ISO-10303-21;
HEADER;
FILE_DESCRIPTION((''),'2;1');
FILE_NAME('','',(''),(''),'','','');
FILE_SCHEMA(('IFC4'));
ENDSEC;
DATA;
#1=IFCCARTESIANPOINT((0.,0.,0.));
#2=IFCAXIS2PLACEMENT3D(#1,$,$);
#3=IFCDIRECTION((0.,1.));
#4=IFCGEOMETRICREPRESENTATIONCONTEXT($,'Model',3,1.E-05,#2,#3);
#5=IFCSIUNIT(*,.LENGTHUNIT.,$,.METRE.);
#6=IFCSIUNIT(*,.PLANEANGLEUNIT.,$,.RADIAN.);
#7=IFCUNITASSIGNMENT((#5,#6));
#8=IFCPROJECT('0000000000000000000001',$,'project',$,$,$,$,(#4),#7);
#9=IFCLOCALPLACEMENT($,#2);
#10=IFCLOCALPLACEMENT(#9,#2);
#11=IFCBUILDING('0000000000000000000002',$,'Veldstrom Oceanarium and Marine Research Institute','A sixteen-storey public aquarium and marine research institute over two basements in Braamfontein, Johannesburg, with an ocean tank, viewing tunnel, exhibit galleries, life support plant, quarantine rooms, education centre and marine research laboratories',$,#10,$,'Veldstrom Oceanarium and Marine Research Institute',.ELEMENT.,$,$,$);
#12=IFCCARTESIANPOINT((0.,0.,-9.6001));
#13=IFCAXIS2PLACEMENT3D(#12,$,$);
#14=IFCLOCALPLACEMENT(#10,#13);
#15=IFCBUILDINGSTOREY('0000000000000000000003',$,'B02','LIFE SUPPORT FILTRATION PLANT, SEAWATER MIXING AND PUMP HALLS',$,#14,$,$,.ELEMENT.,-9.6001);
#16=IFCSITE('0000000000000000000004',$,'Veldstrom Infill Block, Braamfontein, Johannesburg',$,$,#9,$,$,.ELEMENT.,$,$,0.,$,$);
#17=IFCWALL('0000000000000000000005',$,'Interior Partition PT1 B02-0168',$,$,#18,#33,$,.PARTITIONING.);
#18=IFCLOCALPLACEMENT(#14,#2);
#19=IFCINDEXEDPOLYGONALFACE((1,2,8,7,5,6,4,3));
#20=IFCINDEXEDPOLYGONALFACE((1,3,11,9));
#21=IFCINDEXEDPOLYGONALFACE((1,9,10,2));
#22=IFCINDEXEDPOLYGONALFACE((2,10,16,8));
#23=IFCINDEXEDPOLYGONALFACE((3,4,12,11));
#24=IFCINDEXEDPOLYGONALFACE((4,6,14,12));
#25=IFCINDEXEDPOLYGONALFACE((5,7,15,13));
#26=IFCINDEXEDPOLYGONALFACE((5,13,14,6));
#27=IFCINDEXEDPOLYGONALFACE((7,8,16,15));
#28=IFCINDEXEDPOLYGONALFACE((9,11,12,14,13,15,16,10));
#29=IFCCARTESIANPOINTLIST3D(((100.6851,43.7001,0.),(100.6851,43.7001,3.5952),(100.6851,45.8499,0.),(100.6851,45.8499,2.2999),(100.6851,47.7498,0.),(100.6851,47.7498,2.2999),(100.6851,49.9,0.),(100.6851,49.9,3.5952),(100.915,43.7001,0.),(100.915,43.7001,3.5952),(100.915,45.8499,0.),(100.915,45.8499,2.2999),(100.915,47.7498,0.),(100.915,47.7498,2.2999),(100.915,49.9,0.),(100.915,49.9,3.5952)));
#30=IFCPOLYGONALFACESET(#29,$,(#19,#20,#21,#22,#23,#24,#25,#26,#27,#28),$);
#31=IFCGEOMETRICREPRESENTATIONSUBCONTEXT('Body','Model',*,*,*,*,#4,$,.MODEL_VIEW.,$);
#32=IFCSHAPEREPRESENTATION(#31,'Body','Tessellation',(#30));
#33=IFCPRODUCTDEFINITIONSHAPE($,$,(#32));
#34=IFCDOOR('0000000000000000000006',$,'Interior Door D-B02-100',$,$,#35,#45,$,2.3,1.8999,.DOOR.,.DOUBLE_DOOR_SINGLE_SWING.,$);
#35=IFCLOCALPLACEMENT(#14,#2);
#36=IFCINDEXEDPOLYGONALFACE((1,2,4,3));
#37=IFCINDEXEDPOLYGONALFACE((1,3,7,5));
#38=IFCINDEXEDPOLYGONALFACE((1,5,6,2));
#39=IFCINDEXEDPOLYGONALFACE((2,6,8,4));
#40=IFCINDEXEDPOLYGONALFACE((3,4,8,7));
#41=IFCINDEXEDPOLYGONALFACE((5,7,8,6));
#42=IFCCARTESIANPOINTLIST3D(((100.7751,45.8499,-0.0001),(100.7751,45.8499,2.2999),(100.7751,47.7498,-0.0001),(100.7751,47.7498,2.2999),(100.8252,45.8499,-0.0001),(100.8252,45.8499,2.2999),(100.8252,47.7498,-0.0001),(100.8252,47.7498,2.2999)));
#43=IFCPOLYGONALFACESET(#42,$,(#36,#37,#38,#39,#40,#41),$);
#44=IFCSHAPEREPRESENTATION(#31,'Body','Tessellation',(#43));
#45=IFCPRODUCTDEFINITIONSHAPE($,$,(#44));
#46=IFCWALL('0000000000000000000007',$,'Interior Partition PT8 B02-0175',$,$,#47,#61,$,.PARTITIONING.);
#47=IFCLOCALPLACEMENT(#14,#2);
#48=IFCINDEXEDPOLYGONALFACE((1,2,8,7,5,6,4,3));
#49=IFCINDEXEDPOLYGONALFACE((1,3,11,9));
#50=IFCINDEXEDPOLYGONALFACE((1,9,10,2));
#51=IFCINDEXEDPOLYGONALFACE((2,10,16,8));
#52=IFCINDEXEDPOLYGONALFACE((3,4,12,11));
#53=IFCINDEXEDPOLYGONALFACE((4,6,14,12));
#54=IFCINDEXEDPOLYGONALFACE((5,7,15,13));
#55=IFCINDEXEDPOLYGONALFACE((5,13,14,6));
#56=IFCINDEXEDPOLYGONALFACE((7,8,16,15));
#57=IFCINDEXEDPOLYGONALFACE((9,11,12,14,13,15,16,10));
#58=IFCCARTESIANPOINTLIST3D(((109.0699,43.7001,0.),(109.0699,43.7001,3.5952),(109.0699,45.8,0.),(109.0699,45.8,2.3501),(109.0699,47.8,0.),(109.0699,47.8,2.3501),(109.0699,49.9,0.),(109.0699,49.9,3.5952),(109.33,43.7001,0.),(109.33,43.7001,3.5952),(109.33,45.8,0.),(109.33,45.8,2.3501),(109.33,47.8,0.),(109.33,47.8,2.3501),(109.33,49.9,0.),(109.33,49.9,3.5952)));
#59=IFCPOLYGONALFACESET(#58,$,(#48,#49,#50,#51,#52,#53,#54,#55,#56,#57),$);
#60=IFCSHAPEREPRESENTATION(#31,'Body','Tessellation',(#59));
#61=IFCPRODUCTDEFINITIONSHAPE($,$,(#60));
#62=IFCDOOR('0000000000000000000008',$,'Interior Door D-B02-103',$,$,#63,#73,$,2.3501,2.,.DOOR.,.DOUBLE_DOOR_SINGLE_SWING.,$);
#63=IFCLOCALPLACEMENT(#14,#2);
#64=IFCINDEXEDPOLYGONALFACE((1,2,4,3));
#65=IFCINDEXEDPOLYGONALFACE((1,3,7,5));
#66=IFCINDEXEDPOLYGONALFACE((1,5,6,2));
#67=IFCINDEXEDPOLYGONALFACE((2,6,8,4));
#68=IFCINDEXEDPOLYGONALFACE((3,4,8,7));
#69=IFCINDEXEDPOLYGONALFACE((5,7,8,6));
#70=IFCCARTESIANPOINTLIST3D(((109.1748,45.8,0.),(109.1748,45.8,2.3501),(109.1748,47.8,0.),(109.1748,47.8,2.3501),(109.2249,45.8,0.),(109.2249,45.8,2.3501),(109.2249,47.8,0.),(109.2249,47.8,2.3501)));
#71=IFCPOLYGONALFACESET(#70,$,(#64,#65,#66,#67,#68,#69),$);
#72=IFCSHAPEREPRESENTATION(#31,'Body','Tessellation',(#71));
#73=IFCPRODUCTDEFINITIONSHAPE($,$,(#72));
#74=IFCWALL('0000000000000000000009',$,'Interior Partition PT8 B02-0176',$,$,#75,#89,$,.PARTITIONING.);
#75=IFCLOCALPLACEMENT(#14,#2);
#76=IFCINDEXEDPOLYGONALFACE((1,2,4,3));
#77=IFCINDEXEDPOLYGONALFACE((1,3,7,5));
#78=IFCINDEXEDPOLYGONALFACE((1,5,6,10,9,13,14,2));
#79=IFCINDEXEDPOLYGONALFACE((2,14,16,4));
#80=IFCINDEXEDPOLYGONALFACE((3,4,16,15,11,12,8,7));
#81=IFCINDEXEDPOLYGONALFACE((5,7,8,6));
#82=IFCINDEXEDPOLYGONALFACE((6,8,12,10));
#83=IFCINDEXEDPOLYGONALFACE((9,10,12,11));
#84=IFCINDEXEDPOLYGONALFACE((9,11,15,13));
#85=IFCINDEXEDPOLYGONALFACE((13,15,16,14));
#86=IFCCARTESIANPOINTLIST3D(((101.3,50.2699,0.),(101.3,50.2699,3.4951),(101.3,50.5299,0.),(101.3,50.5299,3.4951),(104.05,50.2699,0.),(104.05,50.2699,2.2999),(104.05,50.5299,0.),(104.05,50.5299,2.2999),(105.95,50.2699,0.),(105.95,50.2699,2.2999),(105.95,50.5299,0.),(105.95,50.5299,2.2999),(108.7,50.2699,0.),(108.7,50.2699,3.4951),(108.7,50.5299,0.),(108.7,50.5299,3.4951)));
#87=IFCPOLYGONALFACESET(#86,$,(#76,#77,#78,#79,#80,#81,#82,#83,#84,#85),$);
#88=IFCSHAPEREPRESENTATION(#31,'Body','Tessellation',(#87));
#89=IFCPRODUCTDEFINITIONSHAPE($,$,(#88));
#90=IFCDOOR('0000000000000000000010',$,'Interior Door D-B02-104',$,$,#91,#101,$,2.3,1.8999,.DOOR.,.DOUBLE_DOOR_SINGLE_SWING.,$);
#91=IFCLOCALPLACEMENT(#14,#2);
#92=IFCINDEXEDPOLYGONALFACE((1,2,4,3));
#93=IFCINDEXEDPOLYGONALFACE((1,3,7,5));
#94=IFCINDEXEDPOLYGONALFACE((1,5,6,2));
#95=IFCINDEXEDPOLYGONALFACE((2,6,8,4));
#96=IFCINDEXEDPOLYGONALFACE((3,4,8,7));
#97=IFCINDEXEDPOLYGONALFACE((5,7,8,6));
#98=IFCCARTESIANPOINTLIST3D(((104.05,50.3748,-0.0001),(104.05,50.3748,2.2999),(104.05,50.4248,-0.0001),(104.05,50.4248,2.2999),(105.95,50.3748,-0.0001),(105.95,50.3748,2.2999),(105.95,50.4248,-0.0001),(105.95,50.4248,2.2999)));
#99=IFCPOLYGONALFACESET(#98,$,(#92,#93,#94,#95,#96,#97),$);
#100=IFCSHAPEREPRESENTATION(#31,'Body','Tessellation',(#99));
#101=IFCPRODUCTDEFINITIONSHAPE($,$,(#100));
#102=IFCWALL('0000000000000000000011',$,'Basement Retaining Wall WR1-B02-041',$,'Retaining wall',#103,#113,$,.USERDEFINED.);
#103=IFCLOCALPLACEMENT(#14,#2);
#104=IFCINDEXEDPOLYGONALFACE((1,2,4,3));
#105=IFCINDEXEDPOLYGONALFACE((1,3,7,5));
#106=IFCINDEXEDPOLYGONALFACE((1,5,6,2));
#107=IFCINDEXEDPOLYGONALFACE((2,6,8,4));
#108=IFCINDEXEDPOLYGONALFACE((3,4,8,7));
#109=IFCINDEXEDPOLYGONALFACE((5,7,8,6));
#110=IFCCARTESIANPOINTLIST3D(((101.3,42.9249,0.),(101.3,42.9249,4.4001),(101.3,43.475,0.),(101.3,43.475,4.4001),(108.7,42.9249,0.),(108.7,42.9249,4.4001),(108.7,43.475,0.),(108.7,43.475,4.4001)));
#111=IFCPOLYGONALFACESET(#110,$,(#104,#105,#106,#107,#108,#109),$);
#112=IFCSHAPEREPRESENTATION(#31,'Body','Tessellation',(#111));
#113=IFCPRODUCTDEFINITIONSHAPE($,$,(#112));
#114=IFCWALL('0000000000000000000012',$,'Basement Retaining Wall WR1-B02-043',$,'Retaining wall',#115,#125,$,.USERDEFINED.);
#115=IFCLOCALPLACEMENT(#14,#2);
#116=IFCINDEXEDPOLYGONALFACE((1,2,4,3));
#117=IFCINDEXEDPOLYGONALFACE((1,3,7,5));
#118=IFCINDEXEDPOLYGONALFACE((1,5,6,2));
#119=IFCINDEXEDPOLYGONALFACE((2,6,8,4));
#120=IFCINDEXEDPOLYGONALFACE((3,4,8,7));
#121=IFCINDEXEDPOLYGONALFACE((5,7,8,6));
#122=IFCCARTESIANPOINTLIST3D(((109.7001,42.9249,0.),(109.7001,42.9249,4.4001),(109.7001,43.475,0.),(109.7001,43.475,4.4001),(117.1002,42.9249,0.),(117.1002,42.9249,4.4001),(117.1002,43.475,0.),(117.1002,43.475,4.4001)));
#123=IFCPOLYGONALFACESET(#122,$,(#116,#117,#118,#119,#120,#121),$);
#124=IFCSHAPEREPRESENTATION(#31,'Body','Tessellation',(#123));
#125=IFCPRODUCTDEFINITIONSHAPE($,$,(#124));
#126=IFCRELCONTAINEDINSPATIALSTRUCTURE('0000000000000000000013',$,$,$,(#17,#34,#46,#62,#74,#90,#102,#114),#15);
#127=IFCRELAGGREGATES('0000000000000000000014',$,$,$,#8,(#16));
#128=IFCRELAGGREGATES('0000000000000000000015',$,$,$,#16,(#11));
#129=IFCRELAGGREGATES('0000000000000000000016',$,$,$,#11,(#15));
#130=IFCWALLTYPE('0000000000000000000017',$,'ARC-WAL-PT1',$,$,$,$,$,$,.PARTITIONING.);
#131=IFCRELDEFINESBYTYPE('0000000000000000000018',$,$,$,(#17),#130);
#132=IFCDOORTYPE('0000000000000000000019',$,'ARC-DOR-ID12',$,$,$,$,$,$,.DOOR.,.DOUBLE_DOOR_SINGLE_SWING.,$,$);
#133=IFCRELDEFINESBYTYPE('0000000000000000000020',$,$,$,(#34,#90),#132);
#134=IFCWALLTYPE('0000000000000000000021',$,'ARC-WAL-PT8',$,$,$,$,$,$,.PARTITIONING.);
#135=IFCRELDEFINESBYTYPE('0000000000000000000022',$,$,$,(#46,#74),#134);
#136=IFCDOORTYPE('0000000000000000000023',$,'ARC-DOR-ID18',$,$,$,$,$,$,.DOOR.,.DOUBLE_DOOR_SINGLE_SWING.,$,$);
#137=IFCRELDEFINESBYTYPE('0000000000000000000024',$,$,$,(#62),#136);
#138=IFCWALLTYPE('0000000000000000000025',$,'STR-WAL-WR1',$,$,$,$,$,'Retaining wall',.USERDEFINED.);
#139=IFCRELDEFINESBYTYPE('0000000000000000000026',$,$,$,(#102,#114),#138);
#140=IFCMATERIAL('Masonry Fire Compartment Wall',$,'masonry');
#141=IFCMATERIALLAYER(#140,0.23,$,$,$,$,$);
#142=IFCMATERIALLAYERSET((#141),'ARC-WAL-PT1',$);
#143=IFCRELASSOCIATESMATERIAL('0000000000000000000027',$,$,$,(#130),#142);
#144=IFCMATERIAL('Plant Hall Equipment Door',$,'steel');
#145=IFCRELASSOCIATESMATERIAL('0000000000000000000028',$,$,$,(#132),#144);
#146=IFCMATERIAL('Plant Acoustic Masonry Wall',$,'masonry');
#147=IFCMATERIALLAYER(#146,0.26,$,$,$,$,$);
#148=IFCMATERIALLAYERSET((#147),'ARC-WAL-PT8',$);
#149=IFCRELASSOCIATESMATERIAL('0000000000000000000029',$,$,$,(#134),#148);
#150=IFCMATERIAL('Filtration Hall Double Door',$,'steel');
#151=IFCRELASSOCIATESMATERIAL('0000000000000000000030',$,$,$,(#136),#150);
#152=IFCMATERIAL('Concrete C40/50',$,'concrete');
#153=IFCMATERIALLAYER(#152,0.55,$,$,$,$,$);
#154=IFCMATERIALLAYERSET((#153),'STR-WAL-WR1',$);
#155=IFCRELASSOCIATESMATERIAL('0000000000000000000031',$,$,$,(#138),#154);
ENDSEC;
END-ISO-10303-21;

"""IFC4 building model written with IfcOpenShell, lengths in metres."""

from ifc_helpers import new_model, si_unit, direction, frame, frame_2d, origin, place, context, subcontext, project, spatial, rectangle, extrude, material, layer, layer_set, type_object, element, fill, save


model = new_model("IFC4")

# Units and contexts
model_context = context("Model", 3, precision=1e-05, world=origin(), true_north=direction((0.0, 1.0)))
body_context = subcontext(model_context, "Body", "Model", "MODEL_VIEW")
ifc_project = project(units=[si_unit("LENGTHUNIT", "METRE"), si_unit("PLANEANGLEUNIT", "RADIAN")], contexts=[model_context])

# Site, building, storey
site_placement = place(None, origin())
site = spatial("IfcSite", under=ifc_project, at=site_placement, Name="Veldstrom Infill Block, Braamfontein, Johannesburg", CompositionType="ELEMENT", RefElevation=0.0)
building_placement = place(site_placement, origin())
building = spatial("IfcBuilding", under=site, at=building_placement, Name="Veldstrom Oceanarium and Marine Research Institute", Description="A sixteen-storey public aquarium and marine research institute over two basements in Braamfontein, Johannesburg, with an ocean tank, viewing tunnel, exhibit galleries, life support plant, quarantine rooms, education centre and marine research laboratories", LongName="Veldstrom Oceanarium and Marine Research Institute", CompositionType="ELEMENT")
storey_placement = place(building_placement, frame((0.0, 0.0, -9.6001)))
storey = spatial("IfcBuildingStorey", under=building, at=storey_placement, Name="B02", Description="LIFE SUPPORT FILTRATION PLANT, SEAWATER MIXING AND PUMP HALLS", CompositionType="ELEMENT", Elevation=-9.6001)

# Walls, openings, doors
ifc_material_1 = material(Name="Masonry Fire Compartment Wall", Category="masonry")
ifc_layer_1 = layer(ifc_material_1, 0.23)
ifc_layer_set_1 = layer_set([ifc_layer_1], Name="ARC-WAL-PT1")
wall_type_1 = type_object("IfcWallType", Name="ARC-WAL-PT1", PredefinedType="PARTITIONING", material=ifc_layer_set_1)
wall_1_placement = place(storey_placement, frame((100.8, 43.7, 0.0), z_axis=(0.0, 0.0, 1.0), x_axis=(0.0, 1.0, 0.0)))
wall_1 = element("IfcWall", 1, at=wall_1_placement, inside=storey, type_object=wall_type_1, Name="Interior Partition PT1 B02-0168", PredefinedType="PARTITIONING", context=body_context, shape_type="SweptSolid", body=[
    extrude(rectangle(XDim=6.2, YDim=0.23, at=frame_2d((3.1001, 0.0))), origin(), (0.0, 0.0, 1.0), 3.5952),
])
opening_1_placement = place(wall_1_placement, frame((2.1499, 0.0, 0.0)))
opening_1 = element("IfcOpeningElement", 2, at=opening_1_placement, cuts=wall_1, PredefinedType="OPENING", context=body_context, shape_type="SweptSolid", body=[
    extrude(rectangle(XDim=1.8999, YDim=2.3, at=frame_2d((0.95, 1.1499))), frame((0.0, 0.125, 0.0), z_axis=(0.0, -1.0, 0.0), x_axis=(1.0, 0.0, 0.0)), (0.0, 0.0, 1.0), 0.25),
])
ifc_material_2 = material(Name="Plant Hall Equipment Door", Category="steel")
door_type_1 = type_object("IfcDoorType", Name="ARC-DOR-ID12", OperationType="DOUBLE_DOOR_SINGLE_SWING", PredefinedType="DOOR", material=ifc_material_2)
door_1_placement = place(opening_1_placement, origin())
door_1 = element("IfcDoor", 3, at=door_1_placement, inside=storey, type_object=door_type_1, Name="Interior Door D-B02-100", OperationType="DOUBLE_DOOR_SINGLE_SWING", OverallHeight=2.3, OverallWidth=1.8999, PredefinedType="DOOR", context=body_context, shape_type="SweptSolid", body=[
    extrude(rectangle(XDim=1.8999, YDim=2.3, at=frame_2d((0.95, 1.1499))), frame((0.0, 0.0249, 0.0), z_axis=(0.0, -1.0, 0.0), x_axis=(1.0, 0.0, 0.0)), (0.0, 0.0, 1.0), 0.05),
])
fill(opening_1, door_1)
ifc_material_3 = material(Name="Plant Acoustic Masonry Wall", Category="masonry")
ifc_layer_2 = layer(ifc_material_3, 0.26)
ifc_layer_set_2 = layer_set([ifc_layer_2], Name="ARC-WAL-PT8")
wall_type_2 = type_object("IfcWallType", Name="ARC-WAL-PT8", PredefinedType="PARTITIONING", material=ifc_layer_set_2)
wall_2_placement = place(storey_placement, frame((109.2, 43.7, 0.0), z_axis=(0.0, 0.0, 1.0), x_axis=(0.0, 1.0, 0.0)))
wall_2 = element("IfcWall", 4, at=wall_2_placement, inside=storey, type_object=wall_type_2, Name="Interior Partition PT8 B02-0175", PredefinedType="PARTITIONING", context=body_context, shape_type="SweptSolid", body=[
    extrude(rectangle(XDim=6.2, YDim=0.26, at=frame_2d((3.1001, 0.0))), origin(), (0.0, 0.0, 1.0), 3.5952),
])
opening_2_placement = place(wall_2_placement, frame((2.1001, 0.0, 0.0)))
opening_2 = element("IfcOpeningElement", 5, at=opening_2_placement, cuts=wall_2, PredefinedType="OPENING", context=body_context, shape_type="SweptSolid", body=[
    extrude(rectangle(XDim=2.0, YDim=2.3501, at=frame_2d((1.0, 1.175))), frame((0.0, 0.1399, 0.0), z_axis=(0.0, -1.0, 0.0), x_axis=(1.0, 0.0, 0.0)), (0.0, 0.0, 1.0), 0.28),
])
ifc_material_4 = material(Name="Filtration Hall Double Door", Category="steel")
door_type_2 = type_object("IfcDoorType", Name="ARC-DOR-ID18", OperationType="DOUBLE_DOOR_SINGLE_SWING", PredefinedType="DOOR", material=ifc_material_4)
door_2_placement = place(opening_2_placement, frame((2.0, 0.0, 0.0), z_axis=(0.0, 0.0, 1.0), x_axis=(-1.0, 0.0, 0.0)))
door_2 = element("IfcDoor", 6, at=door_2_placement, inside=storey, type_object=door_type_2, Name="Interior Door D-B02-103", OperationType="DOUBLE_DOOR_SINGLE_SWING", OverallHeight=2.3501, OverallWidth=2.0, PredefinedType="DOOR", context=body_context, shape_type="SweptSolid", body=[
    extrude(rectangle(XDim=2.0, YDim=2.3501, at=frame_2d((1.0, 1.175))), frame((0.0, 0.0249, 0.0), z_axis=(0.0, -1.0, 0.0), x_axis=(1.0, 0.0, 0.0)), (0.0, 0.0, 1.0), 0.05),
])
fill(opening_2, door_2)
wall_3_placement = place(storey_placement, frame((101.3, 50.3999, 0.0), z_axis=(0.0, 0.0, 1.0), x_axis=(1.0, 0.0, 0.0)))
wall_3 = element("IfcWall", 7, at=wall_3_placement, inside=storey, type_object=wall_type_2, Name="Interior Partition PT8 B02-0176", PredefinedType="PARTITIONING", context=body_context, shape_type="SweptSolid", body=[
    extrude(rectangle(XDim=7.3999, YDim=0.26, at=frame_2d((3.7, 0.0))), origin(), (0.0, 0.0, 1.0), 3.4951),
])
opening_3_placement = place(wall_3_placement, frame((2.75, 0.0, 0.0)))
opening_3 = element("IfcOpeningElement", 8, at=opening_3_placement, cuts=wall_3, PredefinedType="OPENING", context=body_context, shape_type="SweptSolid", body=[
    extrude(rectangle(XDim=1.8999, YDim=2.3, at=frame_2d((0.95, 1.1499))), frame((0.0, 0.1399, 0.0), z_axis=(0.0, -1.0, 0.0), x_axis=(1.0, 0.0, 0.0)), (0.0, 0.0, 1.0), 0.28),
])
door_3_placement = place(opening_3_placement, origin())
door_3 = element("IfcDoor", 9, at=door_3_placement, inside=storey, type_object=door_type_1, Name="Interior Door D-B02-104", OperationType="DOUBLE_DOOR_SINGLE_SWING", OverallHeight=2.3, OverallWidth=1.8999, PredefinedType="DOOR", context=body_context, shape_type="SweptSolid", body=[
    extrude(rectangle(XDim=1.8999, YDim=2.3, at=frame_2d((0.95, 1.1499))), frame((0.0, 0.0249, 0.0), z_axis=(0.0, -1.0, 0.0), x_axis=(1.0, 0.0, 0.0)), (0.0, 0.0, 1.0), 0.05),
])
fill(opening_3, door_3)

# Walls
ifc_material_5 = material(Name="Concrete C40/50", Category="concrete")
ifc_layer_3 = layer(ifc_material_5, 0.55)
ifc_layer_set_3 = layer_set([ifc_layer_3], Name="STR-WAL-WR1")
wall_type_3 = type_object("IfcWallType", Name="STR-WAL-WR1", ElementType="Retaining wall", PredefinedType="USERDEFINED", material=ifc_layer_set_3)
wall_4_placement = place(storey_placement, frame((101.3, 43.2, 0.0), z_axis=(0.0, 0.0, 1.0), x_axis=(1.0, 0.0, 0.0)))
element("IfcWall", 10, at=wall_4_placement, inside=storey, type_object=wall_type_3, Name="Basement Retaining Wall WR1-B02-041", ObjectType="Retaining wall", PredefinedType="USERDEFINED", context=body_context, shape_type="SweptSolid", body=[
    extrude(rectangle(XDim=7.3999, YDim=0.55, at=frame_2d((3.7, 0.0))), origin(), (0.0, 0.0, 1.0), 4.4001),
])
wall_5_placement = place(storey_placement, frame((109.7, 43.2, 0.0), z_axis=(0.0, 0.0, 1.0), x_axis=(1.0, 0.0, 0.0)))
element("IfcWall", 11, at=wall_5_placement, inside=storey, type_object=wall_type_3, Name="Basement Retaining Wall WR1-B02-043", ObjectType="Retaining wall", PredefinedType="USERDEFINED", context=body_context, shape_type="SweptSolid", body=[
    extrude(rectangle(XDim=7.4001, YDim=0.55, at=frame_2d((3.7002, 0.0))), origin(), (0.0, 0.0, 1.0), 4.4001),
])

save(model, "model.ifc")
